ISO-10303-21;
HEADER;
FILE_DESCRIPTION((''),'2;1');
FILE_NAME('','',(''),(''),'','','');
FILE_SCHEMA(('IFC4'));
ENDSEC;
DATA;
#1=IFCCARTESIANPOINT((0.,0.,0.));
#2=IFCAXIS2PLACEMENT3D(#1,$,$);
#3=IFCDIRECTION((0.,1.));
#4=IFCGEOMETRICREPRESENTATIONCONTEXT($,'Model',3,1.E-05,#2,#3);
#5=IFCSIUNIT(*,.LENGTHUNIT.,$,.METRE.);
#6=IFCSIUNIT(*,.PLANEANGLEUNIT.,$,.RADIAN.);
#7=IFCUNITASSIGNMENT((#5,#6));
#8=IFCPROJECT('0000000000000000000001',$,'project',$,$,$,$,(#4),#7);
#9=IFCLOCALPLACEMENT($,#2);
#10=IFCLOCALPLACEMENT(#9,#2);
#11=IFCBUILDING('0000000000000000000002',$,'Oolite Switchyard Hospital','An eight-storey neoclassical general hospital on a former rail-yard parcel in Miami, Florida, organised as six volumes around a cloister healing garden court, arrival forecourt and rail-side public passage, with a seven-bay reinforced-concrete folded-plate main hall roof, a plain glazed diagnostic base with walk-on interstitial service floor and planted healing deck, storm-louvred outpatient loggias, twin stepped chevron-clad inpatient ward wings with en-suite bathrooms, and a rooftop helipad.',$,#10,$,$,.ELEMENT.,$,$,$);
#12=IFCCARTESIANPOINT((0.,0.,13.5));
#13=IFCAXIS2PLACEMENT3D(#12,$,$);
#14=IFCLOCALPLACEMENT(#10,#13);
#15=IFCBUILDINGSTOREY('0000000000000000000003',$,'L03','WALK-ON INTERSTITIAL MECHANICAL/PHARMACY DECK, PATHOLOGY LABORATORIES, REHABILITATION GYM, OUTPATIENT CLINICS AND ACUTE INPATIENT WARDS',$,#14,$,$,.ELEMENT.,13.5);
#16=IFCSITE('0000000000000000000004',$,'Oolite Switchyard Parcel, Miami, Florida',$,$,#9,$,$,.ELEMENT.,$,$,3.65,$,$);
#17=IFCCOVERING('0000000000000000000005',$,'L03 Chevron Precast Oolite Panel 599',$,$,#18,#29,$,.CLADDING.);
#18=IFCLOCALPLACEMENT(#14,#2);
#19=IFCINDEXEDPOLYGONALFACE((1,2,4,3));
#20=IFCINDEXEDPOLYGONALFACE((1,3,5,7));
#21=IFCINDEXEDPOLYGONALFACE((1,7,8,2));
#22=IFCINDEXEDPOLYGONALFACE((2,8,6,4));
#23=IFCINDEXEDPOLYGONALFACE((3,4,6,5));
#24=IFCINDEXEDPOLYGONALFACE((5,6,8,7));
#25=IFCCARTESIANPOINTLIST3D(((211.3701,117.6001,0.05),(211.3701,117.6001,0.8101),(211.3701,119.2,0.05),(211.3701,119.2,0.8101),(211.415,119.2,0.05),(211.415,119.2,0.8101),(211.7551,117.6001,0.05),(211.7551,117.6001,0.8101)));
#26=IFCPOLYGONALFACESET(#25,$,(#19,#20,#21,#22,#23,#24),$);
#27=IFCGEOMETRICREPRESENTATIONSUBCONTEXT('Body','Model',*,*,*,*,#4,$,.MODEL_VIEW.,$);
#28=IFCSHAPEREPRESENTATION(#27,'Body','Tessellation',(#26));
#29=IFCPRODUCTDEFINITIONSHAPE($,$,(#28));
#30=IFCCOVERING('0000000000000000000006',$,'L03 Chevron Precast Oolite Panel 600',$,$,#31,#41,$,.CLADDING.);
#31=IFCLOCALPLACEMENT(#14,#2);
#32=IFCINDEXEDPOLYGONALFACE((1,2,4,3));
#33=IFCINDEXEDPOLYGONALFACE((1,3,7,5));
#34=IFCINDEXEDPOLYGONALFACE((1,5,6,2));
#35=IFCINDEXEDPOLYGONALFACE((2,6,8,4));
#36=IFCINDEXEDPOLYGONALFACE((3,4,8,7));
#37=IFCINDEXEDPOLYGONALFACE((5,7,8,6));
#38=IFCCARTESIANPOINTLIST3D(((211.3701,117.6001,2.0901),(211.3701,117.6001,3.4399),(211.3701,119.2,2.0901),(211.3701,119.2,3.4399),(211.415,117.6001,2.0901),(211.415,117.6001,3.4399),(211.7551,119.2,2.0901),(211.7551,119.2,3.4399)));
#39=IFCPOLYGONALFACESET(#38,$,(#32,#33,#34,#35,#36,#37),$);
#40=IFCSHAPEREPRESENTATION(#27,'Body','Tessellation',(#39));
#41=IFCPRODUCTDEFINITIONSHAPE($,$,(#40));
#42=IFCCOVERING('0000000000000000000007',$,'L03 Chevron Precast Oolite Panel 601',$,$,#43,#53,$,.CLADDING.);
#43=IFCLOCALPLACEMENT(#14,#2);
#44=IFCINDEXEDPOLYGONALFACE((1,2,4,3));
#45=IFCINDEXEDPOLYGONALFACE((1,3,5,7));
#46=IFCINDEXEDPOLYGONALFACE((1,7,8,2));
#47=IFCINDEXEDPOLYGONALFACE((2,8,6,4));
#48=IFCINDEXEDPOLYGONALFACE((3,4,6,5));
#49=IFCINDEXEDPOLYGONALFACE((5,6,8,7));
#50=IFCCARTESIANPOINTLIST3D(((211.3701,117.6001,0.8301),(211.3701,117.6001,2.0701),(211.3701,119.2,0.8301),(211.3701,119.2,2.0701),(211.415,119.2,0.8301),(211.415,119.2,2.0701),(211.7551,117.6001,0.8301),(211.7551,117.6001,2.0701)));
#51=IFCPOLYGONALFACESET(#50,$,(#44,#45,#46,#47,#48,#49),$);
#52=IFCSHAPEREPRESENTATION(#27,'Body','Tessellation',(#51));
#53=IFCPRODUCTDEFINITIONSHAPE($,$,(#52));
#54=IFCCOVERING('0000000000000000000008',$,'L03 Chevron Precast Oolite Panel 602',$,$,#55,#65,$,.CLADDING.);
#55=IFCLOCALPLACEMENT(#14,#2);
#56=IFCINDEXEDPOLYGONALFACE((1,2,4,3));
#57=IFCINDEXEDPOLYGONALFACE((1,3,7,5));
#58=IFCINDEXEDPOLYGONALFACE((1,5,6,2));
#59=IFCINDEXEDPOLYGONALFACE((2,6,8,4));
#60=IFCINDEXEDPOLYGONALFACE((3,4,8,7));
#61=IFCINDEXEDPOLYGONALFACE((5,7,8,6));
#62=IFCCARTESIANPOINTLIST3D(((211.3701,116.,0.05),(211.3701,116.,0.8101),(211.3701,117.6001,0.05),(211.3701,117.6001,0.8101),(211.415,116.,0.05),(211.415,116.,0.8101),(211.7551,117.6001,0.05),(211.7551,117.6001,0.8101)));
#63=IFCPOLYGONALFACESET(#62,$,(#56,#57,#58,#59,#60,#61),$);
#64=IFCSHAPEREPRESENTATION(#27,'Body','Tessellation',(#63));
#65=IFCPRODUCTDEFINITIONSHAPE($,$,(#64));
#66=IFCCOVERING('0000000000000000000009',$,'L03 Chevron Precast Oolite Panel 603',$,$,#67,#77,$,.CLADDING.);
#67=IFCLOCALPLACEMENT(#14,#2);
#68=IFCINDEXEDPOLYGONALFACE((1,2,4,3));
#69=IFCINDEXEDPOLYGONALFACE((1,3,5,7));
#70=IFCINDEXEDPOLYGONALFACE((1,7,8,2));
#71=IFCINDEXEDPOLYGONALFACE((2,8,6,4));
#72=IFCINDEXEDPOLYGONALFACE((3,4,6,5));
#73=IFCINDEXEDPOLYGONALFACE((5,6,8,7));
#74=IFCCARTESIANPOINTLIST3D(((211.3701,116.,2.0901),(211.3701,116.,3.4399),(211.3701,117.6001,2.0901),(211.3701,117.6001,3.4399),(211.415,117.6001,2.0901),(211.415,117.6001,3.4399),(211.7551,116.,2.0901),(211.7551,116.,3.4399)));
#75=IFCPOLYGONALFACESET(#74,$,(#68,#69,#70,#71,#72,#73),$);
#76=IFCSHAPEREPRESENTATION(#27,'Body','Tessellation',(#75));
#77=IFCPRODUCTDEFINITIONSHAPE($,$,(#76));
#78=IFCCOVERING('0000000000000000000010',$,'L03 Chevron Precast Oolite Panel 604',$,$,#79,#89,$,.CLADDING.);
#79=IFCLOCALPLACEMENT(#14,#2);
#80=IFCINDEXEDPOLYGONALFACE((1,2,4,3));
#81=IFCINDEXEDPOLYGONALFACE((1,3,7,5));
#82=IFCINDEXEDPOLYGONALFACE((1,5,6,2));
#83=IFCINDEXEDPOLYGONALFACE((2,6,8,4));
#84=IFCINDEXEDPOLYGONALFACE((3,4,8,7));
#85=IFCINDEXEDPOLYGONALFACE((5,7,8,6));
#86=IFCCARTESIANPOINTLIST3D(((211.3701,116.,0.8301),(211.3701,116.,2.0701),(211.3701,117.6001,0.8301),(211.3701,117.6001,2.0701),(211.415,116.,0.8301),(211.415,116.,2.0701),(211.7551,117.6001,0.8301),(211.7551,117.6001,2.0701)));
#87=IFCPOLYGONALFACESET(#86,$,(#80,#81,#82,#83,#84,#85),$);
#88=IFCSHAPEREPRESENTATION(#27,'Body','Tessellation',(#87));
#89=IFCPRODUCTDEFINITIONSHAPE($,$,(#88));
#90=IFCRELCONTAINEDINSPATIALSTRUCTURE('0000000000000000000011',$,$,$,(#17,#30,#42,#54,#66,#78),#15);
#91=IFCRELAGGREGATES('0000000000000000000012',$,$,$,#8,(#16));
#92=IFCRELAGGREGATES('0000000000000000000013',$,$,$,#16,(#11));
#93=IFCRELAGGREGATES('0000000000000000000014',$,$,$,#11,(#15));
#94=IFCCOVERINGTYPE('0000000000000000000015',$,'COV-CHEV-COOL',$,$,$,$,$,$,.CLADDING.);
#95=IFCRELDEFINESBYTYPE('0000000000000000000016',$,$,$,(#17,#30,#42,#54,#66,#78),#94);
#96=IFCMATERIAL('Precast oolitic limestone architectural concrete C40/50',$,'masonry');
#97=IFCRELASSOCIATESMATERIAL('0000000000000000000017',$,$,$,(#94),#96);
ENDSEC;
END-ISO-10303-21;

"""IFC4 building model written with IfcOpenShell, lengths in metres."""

from ifc_helpers import new_model, si_unit, direction, frame, origin, place, context, subcontext, project, spatial, polyline, outline, extrude, material, type_object, element, save


model = new_model("IFC4")

# Units and contexts
model_context = context("Model", 3, precision=1e-05, world=origin(), true_north=direction((0.0, 1.0)))
body_context = subcontext(model_context, "Body", "Model", "MODEL_VIEW")
ifc_project = project(units=[si_unit("LENGTHUNIT", "METRE"), si_unit("PLANEANGLEUNIT", "RADIAN")], contexts=[model_context])

# Site, building, storey
site_placement = place(None, origin())
site = spatial("IfcSite", under=ifc_project, at=site_placement, Name="Oolite Switchyard Parcel, Miami, Florida", CompositionType="ELEMENT", RefElevation=3.65)
building_placement = place(site_placement, origin())
building = spatial("IfcBuilding", under=site, at=building_placement, Name="Oolite Switchyard Hospital", Description="An eight-storey neoclassical general hospital on a former rail-yard parcel in Miami, Florida, organised as six volumes around a cloister healing garden court, arrival forecourt and rail-side public passage, with a seven-bay reinforced-concrete folded-plate main hall roof, a plain glazed diagnostic base with walk-on interstitial service floor and planted healing deck, storm-louvred outpatient loggias, twin stepped chevron-clad inpatient ward wings with en-suite bathrooms, and a rooftop helipad.", CompositionType="ELEMENT")
storey_placement = place(building_placement, frame((0.0, 0.0, 13.5)))
storey = spatial("IfcBuildingStorey", under=building, at=storey_placement, Name="L03", Description="WALK-ON INTERSTITIAL MECHANICAL/PHARMACY DECK, PATHOLOGY LABORATORIES, REHABILITATION GYM, OUTPATIENT CLINICS AND ACUTE INPATIENT WARDS", CompositionType="ELEMENT", Elevation=13.5)

# Coverings
ifc_material_1 = material(Name="Precast oolitic limestone architectural concrete C40/50", Category="masonry")
covering_type = type_object("IfcCoveringType", Name="COV-CHEV-COOL", PredefinedType="CLADDING", material=ifc_material_1)
covering_1_placement = place(storey_placement, frame((211.3701, 119.2, 0.05), z_axis=(0.0, 0.0, 1.0), x_axis=(0.0, -1.0, 0.0)))
element("IfcCovering", 1, at=covering_1_placement, inside=storey, type_object=covering_type, Name="L03 Chevron Precast Oolite Panel 599", PredefinedType="CLADDING", context=body_context, shape_type="SweptSolid", body=[
    extrude(outline(polyline([(0.0, 0.0), (1.5999, 0.0), (1.5999, 0.385), (0.0, 0.0449), (0.0, 0.0)])), origin(), (0.0, 0.0, 1.0), 0.76),
])
covering_2_placement = place(storey_placement, frame((211.3701, 119.2, 2.0901), z_axis=(0.0, 0.0, 1.0), x_axis=(0.0, -1.0, 0.0)))
element("IfcCovering", 2, at=covering_2_placement, inside=storey, type_object=covering_type, Name="L03 Chevron Precast Oolite Panel 600", PredefinedType="CLADDING", context=body_context, shape_type="SweptSolid", body=[
    extrude(outline(polyline([(0.0, 0.0), (1.5999, 0.0), (1.5999, 0.0449), (0.0, 0.385), (0.0, 0.0)])), origin(), (0.0, 0.0, 1.0), 1.3499),
])
covering_3_placement = place(storey_placement, frame((211.3701, 119.2, 0.8301), z_axis=(0.0, 0.0, 1.0), x_axis=(0.0, -1.0, 0.0)))
element("IfcCovering", 3, at=covering_3_placement, inside=storey, type_object=covering_type, Name="L03 Chevron Precast Oolite Panel 601", PredefinedType="CLADDING", context=body_context, shape_type="SweptSolid", body=[
    extrude(outline(polyline([(0.0, 0.0), (1.5999, 0.0), (1.5999, 0.385), (0.0, 0.0449), (0.0, 0.0)])), origin(), (0.0, 0.0, 1.0), 1.24),
])
covering_4_placement = place(storey_placement, frame((211.3701, 117.6001, 0.05), z_axis=(0.0, 0.0, 1.0), x_axis=(0.0, -1.0, 0.0)))
element("IfcCovering", 4, at=covering_4_placement, inside=storey, type_object=covering_type, Name="L03 Chevron Precast Oolite Panel 602", PredefinedType="CLADDING", context=body_context, shape_type="SweptSolid", body=[
    extrude(outline(polyline([(0.0, 0.0), (1.6001, 0.0), (1.6001, 0.0449), (0.0, 0.385), (0.0, 0.0)])), origin(), (0.0, 0.0, 1.0), 0.76),
])
covering_5_placement = place(storey_placement, frame((211.3701, 117.6001, 2.0901), z_axis=(0.0, 0.0, 1.0), x_axis=(0.0, -1.0, 0.0)))
element("IfcCovering", 5, at=covering_5_placement, inside=storey, type_object=covering_type, Name="L03 Chevron Precast Oolite Panel 603", PredefinedType="CLADDING", context=body_context, shape_type="SweptSolid", body=[
    extrude(outline(polyline([(0.0, 0.0), (1.6001, 0.0), (1.6001, 0.385), (0.0, 0.0449), (0.0, 0.0)])), origin(), (0.0, 0.0, 1.0), 1.3499),
])
covering_6_placement = place(storey_placement, frame((211.3701, 117.6001, 0.8301), z_axis=(0.0, 0.0, 1.0), x_axis=(0.0, -1.0, 0.0)))
element("IfcCovering", 6, at=covering_6_placement, inside=storey, type_object=covering_type, Name="L03 Chevron Precast Oolite Panel 604", PredefinedType="CLADDING", context=body_context, shape_type="SweptSolid", body=[
    extrude(outline(polyline([(0.0, 0.0), (1.6001, 0.0), (1.6001, 0.0449), (0.0, 0.385), (0.0, 0.0)])), origin(), (0.0, 0.0, 1.0), 1.24),
])

save(model, "model.ifc")
